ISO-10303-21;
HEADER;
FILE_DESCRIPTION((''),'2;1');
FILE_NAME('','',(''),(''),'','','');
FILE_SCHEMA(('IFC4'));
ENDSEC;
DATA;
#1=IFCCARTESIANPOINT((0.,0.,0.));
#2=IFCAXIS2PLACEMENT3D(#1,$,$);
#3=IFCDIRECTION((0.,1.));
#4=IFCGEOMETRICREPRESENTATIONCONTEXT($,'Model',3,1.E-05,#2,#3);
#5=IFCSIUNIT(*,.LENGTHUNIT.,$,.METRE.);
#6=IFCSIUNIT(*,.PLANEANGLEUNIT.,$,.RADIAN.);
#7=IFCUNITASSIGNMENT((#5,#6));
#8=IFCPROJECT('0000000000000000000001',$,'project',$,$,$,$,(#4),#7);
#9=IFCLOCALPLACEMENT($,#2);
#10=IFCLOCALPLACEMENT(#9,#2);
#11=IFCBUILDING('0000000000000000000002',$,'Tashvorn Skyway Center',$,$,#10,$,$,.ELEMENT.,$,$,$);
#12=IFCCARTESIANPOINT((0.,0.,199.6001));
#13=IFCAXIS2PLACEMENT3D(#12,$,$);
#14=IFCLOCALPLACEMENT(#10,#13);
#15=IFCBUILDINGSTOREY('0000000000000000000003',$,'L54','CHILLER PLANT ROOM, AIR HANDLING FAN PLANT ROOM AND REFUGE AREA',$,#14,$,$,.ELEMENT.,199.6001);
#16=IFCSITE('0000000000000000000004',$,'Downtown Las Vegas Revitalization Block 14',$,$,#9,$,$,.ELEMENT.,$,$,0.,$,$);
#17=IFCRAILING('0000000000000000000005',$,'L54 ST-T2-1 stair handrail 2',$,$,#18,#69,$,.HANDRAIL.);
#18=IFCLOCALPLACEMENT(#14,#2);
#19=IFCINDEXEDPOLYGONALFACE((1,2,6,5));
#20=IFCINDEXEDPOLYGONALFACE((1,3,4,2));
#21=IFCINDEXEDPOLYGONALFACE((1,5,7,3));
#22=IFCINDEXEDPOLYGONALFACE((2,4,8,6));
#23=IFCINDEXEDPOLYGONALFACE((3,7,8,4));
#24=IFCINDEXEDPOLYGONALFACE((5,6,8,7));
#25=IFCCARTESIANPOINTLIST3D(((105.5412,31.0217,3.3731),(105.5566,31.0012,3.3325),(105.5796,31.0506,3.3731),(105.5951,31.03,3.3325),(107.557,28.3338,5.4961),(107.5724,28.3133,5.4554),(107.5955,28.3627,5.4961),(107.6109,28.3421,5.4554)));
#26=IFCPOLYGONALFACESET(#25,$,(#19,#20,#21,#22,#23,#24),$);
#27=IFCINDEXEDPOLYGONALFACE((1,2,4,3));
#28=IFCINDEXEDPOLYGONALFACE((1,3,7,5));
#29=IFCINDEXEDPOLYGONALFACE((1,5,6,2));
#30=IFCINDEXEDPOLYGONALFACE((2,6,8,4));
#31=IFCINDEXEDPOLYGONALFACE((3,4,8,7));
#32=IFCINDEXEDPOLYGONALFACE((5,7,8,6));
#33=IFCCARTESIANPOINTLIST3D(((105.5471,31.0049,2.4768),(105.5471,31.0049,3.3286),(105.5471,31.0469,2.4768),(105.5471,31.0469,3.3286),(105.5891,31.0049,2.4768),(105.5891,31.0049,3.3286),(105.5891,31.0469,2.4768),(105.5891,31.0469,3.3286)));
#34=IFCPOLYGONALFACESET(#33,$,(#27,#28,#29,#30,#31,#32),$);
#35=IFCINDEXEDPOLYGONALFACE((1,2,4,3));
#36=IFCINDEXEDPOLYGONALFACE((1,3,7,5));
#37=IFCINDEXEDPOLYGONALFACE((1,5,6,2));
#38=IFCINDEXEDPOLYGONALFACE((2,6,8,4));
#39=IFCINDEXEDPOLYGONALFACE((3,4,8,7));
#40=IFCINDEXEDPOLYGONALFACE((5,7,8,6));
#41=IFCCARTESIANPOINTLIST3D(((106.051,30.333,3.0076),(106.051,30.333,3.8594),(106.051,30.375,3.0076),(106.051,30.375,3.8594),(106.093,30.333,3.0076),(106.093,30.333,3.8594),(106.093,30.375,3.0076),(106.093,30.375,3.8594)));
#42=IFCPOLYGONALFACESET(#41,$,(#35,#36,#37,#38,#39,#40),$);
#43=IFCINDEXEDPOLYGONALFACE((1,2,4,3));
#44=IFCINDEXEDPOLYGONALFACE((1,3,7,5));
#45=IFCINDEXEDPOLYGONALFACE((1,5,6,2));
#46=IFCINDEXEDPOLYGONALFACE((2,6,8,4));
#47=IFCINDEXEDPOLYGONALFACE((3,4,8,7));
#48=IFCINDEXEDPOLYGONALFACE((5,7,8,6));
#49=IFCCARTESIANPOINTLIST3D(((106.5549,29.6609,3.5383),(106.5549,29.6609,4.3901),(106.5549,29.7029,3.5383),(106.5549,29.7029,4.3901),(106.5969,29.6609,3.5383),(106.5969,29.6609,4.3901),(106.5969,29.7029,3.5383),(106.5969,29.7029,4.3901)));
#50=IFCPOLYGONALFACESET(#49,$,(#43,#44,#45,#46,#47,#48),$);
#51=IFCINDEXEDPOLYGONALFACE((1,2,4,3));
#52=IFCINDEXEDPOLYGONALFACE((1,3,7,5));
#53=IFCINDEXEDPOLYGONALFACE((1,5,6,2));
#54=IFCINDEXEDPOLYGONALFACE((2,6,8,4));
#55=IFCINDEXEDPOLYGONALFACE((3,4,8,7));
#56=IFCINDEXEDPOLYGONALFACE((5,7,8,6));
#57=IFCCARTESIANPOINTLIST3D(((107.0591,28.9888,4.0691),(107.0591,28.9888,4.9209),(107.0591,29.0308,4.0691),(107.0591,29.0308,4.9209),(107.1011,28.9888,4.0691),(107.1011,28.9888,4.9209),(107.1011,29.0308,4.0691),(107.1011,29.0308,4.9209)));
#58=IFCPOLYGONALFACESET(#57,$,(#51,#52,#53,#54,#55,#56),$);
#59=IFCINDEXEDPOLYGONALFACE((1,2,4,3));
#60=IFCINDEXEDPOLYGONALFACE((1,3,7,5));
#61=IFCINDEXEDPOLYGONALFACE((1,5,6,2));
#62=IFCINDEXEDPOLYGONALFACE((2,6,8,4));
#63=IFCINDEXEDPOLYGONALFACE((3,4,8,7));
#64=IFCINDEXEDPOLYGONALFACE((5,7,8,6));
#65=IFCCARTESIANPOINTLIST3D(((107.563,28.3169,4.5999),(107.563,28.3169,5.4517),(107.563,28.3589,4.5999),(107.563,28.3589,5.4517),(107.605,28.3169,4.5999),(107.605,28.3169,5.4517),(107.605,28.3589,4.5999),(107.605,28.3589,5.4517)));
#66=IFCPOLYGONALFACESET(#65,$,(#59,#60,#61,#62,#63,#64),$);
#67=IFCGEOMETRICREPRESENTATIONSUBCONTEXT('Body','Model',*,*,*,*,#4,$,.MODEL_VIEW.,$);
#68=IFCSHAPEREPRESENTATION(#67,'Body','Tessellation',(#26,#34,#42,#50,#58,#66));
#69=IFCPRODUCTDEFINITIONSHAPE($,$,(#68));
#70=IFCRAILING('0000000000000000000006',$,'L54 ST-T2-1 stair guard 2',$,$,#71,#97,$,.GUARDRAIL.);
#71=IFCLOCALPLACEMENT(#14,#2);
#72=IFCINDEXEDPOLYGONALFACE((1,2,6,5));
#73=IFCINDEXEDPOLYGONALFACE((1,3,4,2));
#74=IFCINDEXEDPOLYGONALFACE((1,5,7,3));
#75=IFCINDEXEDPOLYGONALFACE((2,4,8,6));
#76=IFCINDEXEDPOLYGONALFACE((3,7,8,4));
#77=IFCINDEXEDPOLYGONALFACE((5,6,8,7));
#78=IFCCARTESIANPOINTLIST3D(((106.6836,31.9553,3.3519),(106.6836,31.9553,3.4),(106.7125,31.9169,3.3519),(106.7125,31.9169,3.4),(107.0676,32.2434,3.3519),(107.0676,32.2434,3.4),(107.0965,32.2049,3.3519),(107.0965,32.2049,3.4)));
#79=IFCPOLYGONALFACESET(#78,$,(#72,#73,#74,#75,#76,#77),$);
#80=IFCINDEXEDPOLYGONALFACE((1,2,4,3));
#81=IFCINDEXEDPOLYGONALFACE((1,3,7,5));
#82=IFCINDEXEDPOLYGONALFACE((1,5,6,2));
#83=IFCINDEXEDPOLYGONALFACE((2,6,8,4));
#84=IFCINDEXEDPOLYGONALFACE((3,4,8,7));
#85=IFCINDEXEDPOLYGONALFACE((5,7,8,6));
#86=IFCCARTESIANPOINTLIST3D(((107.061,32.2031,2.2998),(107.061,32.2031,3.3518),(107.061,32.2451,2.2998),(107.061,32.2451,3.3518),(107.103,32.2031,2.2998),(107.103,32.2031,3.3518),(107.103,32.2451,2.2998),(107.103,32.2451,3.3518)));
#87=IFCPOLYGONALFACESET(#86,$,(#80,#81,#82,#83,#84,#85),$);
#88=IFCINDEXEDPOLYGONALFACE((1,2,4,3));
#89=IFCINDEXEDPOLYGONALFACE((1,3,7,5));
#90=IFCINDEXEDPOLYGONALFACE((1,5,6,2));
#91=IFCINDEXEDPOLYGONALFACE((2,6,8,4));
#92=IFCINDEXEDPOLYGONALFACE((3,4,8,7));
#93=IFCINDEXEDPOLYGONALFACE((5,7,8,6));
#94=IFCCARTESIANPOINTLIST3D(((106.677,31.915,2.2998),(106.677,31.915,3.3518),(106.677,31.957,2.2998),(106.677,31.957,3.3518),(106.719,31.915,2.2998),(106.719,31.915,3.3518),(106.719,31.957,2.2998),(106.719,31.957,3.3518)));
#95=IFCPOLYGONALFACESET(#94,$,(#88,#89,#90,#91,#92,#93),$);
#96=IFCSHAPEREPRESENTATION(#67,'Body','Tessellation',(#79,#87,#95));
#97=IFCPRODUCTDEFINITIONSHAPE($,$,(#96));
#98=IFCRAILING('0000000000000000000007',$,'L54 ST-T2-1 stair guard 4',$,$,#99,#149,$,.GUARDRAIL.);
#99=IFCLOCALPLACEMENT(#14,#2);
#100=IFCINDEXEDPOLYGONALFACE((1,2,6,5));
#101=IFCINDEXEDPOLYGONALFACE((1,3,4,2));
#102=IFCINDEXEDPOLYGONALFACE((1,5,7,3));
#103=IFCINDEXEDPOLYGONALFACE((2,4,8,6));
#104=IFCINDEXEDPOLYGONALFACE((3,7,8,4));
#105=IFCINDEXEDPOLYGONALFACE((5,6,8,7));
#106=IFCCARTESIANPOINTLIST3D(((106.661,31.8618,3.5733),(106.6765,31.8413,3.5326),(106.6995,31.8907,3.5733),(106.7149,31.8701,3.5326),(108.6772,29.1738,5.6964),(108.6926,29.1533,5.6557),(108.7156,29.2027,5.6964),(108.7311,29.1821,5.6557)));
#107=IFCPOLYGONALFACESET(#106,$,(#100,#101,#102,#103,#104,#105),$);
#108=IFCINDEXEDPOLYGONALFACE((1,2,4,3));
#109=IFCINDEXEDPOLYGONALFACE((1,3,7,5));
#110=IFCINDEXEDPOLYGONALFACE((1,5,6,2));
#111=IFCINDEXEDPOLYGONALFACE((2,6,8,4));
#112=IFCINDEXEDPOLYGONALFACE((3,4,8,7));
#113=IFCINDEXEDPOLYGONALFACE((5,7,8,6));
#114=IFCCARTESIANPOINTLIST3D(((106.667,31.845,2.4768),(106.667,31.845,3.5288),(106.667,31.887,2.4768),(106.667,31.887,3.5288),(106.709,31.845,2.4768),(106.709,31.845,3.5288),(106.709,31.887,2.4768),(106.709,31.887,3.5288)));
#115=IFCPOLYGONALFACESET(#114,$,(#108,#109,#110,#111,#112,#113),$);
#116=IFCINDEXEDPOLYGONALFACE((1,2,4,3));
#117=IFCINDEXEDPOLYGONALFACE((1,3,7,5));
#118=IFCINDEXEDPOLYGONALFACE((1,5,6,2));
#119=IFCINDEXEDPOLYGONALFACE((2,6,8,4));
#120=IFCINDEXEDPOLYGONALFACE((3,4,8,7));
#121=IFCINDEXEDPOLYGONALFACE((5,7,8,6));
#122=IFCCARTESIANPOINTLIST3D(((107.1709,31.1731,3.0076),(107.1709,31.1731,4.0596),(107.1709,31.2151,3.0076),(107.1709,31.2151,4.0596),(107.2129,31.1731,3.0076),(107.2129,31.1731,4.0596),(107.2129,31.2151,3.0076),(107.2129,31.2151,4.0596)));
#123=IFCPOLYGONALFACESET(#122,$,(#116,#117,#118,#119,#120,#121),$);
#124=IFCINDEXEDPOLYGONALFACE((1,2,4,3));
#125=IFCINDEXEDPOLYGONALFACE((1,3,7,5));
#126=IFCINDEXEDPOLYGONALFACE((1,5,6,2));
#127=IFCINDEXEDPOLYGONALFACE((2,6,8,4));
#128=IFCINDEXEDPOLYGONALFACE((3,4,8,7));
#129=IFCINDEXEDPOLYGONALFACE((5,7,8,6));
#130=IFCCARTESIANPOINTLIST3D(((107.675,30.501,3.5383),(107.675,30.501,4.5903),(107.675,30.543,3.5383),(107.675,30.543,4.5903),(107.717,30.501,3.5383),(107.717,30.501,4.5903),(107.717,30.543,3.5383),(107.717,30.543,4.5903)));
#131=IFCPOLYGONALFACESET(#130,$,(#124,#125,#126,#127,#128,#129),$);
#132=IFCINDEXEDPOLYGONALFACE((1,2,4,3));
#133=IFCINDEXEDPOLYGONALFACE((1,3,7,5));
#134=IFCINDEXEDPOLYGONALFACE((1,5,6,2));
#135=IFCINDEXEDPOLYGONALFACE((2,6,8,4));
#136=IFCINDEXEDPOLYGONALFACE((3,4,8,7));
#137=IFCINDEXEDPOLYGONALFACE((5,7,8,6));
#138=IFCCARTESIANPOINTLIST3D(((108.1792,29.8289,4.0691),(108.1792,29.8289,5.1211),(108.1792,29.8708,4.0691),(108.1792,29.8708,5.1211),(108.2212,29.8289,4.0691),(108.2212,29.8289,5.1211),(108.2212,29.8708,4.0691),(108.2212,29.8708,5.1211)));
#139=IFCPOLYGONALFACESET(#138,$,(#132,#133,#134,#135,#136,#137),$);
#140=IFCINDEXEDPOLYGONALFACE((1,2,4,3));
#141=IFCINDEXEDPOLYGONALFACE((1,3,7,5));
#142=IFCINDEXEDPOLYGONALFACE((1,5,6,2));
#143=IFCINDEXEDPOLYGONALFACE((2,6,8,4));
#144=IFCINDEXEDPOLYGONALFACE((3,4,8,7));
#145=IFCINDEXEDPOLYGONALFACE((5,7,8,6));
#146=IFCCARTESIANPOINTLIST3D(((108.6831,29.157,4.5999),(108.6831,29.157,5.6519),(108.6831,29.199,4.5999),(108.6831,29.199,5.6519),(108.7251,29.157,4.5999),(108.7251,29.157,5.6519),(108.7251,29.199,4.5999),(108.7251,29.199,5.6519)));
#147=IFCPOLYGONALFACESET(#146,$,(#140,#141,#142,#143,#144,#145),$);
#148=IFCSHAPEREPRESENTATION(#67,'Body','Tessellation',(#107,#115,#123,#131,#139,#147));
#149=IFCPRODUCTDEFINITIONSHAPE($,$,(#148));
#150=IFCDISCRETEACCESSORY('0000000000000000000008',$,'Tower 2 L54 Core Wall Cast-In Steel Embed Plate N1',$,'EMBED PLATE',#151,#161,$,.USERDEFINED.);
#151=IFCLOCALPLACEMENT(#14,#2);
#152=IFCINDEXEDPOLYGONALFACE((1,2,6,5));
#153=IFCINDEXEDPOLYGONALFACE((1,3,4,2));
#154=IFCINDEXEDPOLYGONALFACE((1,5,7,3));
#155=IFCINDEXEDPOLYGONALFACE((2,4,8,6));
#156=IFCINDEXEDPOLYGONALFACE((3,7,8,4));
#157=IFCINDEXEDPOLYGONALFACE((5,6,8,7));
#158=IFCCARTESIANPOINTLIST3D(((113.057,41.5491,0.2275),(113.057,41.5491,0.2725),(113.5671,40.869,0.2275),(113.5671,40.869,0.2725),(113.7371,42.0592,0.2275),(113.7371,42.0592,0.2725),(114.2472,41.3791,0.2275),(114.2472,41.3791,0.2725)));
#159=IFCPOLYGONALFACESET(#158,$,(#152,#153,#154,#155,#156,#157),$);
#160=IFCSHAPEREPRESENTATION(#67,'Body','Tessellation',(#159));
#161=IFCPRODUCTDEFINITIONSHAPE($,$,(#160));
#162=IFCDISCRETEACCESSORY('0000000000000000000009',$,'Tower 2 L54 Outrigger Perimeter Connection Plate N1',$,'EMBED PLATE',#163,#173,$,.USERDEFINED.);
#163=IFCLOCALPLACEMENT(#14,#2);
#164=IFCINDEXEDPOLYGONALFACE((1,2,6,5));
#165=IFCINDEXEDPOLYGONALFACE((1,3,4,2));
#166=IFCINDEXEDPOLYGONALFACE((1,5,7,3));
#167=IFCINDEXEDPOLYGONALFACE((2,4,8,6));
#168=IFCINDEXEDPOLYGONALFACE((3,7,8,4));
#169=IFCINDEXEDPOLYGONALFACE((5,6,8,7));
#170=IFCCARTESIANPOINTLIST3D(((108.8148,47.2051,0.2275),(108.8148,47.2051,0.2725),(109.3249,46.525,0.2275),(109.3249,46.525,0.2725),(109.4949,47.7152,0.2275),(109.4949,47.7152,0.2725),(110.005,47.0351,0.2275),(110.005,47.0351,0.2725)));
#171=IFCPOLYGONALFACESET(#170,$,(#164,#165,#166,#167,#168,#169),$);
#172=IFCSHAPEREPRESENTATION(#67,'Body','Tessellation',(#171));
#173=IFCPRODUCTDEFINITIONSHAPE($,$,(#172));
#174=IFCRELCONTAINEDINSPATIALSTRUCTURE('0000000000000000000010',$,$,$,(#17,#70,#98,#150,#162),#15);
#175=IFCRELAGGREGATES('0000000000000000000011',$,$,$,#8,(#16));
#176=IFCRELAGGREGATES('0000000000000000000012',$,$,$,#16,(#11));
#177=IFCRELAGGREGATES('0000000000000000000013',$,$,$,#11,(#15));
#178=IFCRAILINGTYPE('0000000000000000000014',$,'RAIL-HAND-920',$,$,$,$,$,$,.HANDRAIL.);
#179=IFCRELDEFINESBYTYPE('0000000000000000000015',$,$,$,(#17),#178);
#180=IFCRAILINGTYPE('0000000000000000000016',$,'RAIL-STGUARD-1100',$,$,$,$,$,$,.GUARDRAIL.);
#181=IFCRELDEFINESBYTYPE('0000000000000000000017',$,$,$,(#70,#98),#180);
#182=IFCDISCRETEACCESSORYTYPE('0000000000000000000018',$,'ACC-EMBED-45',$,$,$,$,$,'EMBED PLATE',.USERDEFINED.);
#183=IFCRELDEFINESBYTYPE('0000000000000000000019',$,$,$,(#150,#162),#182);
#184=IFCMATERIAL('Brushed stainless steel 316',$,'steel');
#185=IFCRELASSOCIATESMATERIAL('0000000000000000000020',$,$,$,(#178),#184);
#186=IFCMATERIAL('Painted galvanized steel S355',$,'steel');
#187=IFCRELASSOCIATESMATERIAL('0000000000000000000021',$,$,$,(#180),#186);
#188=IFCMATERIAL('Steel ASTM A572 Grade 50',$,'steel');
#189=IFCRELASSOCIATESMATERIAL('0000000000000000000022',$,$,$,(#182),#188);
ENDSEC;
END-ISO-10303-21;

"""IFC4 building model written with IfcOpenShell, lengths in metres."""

from ifc_helpers import new_model, si_unit, direction, frame, origin, origin_2d, place, context, subcontext, project, spatial, rectangle, extrude, material, type_object, element, save


model = new_model("IFC4")

# Units and contexts
model_context = context("Model", 3, precision=1e-05, world=origin(), true_north=direction((0.0, 1.0)))
body_context = subcontext(model_context, "Body", "Model", "MODEL_VIEW")
ifc_project = project(units=[si_unit("LENGTHUNIT", "METRE"), si_unit("PLANEANGLEUNIT", "RADIAN")], contexts=[model_context])

# Site, building, storey
site_placement = place(None, origin())
site = spatial("IfcSite", under=ifc_project, at=site_placement, Name="Downtown Las Vegas Revitalization Block 14", CompositionType="ELEMENT", RefElevation=0.0)
building_placement = place(site_placement, origin())
building = spatial("IfcBuilding", under=site, at=building_placement, Name="Tashvorn Skyway Center", CompositionType="ELEMENT")
storey_placement = place(building_placement, frame((0.0, 0.0, 199.6001)))
storey = spatial("IfcBuildingStorey", under=building, at=storey_placement, Name="L54", Description="CHILLER PLANT ROOM, AIR HANDLING FAN PLANT ROOM AND REFUGE AREA", CompositionType="ELEMENT", Elevation=199.6001)

# Shared definitions
ifc_material_1 = material(Name="Steel ASTM A572 Grade 50", Category="steel")

# Railings
ifc_material_2 = material(Name="Brushed stainless steel 316", Category="steel")
railing_type_1 = type_object("IfcRailingType", Name="RAIL-HAND-920", PredefinedType="HANDRAIL", material=ifc_material_2)
railing_1_placement = place(storey_placement, frame((105.5681, 31.0259, 2.4768)))
element("IfcRailing", 1, at=railing_1_placement, inside=storey, type_object=railing_type_1, Name="L54 ST-T2-1 stair handrail 2", PredefinedType="HANDRAIL", context=body_context, shape_type="SweptSolid", body=[
    extrude(rectangle(XDim=0.0481, YDim=0.0481, at=origin_2d()), frame((0.0, 0.0, 0.876), z_axis=(0.507206, -0.676315, 0.534172), x_axis=(0.800017, 0.599977, 0.0)), (0.0, 0.0, 1.0), 3.9744),
    extrude(rectangle(XDim=0.042, YDim=0.042, at=origin_2d()), origin(), (0.0, 0.0, 1.0), 0.8518),
    extrude(rectangle(XDim=0.042, YDim=0.042, at=origin_2d()), frame((0.5039, -0.6719, 0.5308)), (0.0, 0.0, 1.0), 0.8518),
    extrude(rectangle(XDim=0.042, YDim=0.042, at=origin_2d()), frame((1.0078, -1.344, 1.0615)), (0.0, 0.0, 1.0), 0.8518),
    extrude(rectangle(XDim=0.042, YDim=0.042, at=origin_2d()), frame((1.512, -2.0161, 1.5923)), (0.0, 0.0, 1.0), 0.8518),
    extrude(rectangle(XDim=0.042, YDim=0.042, at=origin_2d()), frame((2.0159, -2.688, 2.123)), (0.0, 0.0, 1.0), 0.8518),
])
ifc_material_3 = material(Name="Painted galvanized steel S355", Category="steel")
railing_type_2 = type_object("IfcRailingType", Name="RAIL-STGUARD-1100", PredefinedType="GUARDRAIL", material=ifc_material_3)
railing_2_placement = place(storey_placement, frame((107.082, 32.2241, 2.2998)))
element("IfcRailing", 2, at=railing_2_placement, inside=storey, type_object=railing_type_2, Name="L54 ST-T2-1 stair guard 2", PredefinedType="GUARDRAIL", context=body_context, shape_type="SweptSolid", body=[
    extrude(rectangle(XDim=0.0481, YDim=0.0481, at=origin_2d()), frame((0.0, 0.0, 1.0762), z_axis=(-0.799939, -0.600081, 0.0), x_axis=(0.600081, -0.799939, 0.0)), (0.0, 0.0, 1.0), 0.48),
    extrude(rectangle(XDim=0.042, YDim=0.042, at=origin_2d()), origin(), (0.0, 0.0, 1.0), 1.052),
    extrude(rectangle(XDim=0.042, YDim=0.042, at=origin_2d()), frame((-0.384, -0.2881, 0.0)), (0.0, 0.0, 1.0), 1.052),
])
railing_3_placement = place(storey_placement, frame((106.688, 31.866, 2.4768)))
element("IfcRailing", 3, at=railing_3_placement, inside=storey, type_object=railing_type_2, Name="L54 ST-T2-1 stair guard 4", PredefinedType="GUARDRAIL", context=body_context, shape_type="SweptSolid", body=[
    extrude(rectangle(XDim=0.0481, YDim=0.0481, at=origin_2d()), frame((0.0, 0.0, 1.0762), z_axis=(0.507251, -0.676294, 0.534156), x_axis=(0.799983, 0.600023, 0.0)), (0.0, 0.0, 1.0), 3.9746),
    extrude(rectangle(XDim=0.042, YDim=0.042, at=origin_2d()), origin(), (0.0, 0.0, 1.0), 1.052),
    extrude(rectangle(XDim=0.042, YDim=0.042, at=origin_2d()), frame((0.5039, -0.6719, 0.5308)), (0.0, 0.0, 1.0), 1.052),
    extrude(rectangle(XDim=0.042, YDim=0.042, at=origin_2d()), frame((1.0081, -1.344, 1.0615)), (0.0, 0.0, 1.0), 1.052),
    extrude(rectangle(XDim=0.042, YDim=0.042, at=origin_2d()), frame((1.5122, -2.0161, 1.5923)), (0.0, 0.0, 1.0), 1.052),
    extrude(rectangle(XDim=0.042, YDim=0.042, at=origin_2d()), frame((2.0161, -2.688, 2.123)), (0.0, 0.0, 1.0), 1.052),
])

# Discrete accessories
discrete_accessory_type = type_object("IfcDiscreteAccessoryType", Name="ACC-EMBED-45", ElementType="EMBED PLATE", PredefinedType="USERDEFINED", material=ifc_material_1)
for number, where, z_axis, x_axis, name in (
    (4, (113.6521, 41.4641, 0.2275), (0.0, 0.0, 1.0), (0.8, 0.6, 0.0), "Tower 2 L54 Core Wall Cast-In Steel Embed Plate N1"),
    (5, (109.4099, 47.1201, 0.2275), (0.0, 0.0, 1.0), (0.8, 0.6, 0.0), "Tower 2 L54 Outrigger Perimeter Connection Plate N1"),
):
    element("IfcDiscreteAccessory", number, at=place(storey_placement, frame(where, z_axis=z_axis, x_axis=x_axis)), inside=storey, type_object=discrete_accessory_type, Name=name, ObjectType="EMBED PLATE", PredefinedType="USERDEFINED", context=body_context, shape_type="SweptSolid", body=[
        extrude(rectangle(XDim=0.8501, YDim=0.8501, at=origin_2d()), origin(), (0.0, 0.0, 1.0), 0.0449),
    ])

save(model, "model.ifc")
